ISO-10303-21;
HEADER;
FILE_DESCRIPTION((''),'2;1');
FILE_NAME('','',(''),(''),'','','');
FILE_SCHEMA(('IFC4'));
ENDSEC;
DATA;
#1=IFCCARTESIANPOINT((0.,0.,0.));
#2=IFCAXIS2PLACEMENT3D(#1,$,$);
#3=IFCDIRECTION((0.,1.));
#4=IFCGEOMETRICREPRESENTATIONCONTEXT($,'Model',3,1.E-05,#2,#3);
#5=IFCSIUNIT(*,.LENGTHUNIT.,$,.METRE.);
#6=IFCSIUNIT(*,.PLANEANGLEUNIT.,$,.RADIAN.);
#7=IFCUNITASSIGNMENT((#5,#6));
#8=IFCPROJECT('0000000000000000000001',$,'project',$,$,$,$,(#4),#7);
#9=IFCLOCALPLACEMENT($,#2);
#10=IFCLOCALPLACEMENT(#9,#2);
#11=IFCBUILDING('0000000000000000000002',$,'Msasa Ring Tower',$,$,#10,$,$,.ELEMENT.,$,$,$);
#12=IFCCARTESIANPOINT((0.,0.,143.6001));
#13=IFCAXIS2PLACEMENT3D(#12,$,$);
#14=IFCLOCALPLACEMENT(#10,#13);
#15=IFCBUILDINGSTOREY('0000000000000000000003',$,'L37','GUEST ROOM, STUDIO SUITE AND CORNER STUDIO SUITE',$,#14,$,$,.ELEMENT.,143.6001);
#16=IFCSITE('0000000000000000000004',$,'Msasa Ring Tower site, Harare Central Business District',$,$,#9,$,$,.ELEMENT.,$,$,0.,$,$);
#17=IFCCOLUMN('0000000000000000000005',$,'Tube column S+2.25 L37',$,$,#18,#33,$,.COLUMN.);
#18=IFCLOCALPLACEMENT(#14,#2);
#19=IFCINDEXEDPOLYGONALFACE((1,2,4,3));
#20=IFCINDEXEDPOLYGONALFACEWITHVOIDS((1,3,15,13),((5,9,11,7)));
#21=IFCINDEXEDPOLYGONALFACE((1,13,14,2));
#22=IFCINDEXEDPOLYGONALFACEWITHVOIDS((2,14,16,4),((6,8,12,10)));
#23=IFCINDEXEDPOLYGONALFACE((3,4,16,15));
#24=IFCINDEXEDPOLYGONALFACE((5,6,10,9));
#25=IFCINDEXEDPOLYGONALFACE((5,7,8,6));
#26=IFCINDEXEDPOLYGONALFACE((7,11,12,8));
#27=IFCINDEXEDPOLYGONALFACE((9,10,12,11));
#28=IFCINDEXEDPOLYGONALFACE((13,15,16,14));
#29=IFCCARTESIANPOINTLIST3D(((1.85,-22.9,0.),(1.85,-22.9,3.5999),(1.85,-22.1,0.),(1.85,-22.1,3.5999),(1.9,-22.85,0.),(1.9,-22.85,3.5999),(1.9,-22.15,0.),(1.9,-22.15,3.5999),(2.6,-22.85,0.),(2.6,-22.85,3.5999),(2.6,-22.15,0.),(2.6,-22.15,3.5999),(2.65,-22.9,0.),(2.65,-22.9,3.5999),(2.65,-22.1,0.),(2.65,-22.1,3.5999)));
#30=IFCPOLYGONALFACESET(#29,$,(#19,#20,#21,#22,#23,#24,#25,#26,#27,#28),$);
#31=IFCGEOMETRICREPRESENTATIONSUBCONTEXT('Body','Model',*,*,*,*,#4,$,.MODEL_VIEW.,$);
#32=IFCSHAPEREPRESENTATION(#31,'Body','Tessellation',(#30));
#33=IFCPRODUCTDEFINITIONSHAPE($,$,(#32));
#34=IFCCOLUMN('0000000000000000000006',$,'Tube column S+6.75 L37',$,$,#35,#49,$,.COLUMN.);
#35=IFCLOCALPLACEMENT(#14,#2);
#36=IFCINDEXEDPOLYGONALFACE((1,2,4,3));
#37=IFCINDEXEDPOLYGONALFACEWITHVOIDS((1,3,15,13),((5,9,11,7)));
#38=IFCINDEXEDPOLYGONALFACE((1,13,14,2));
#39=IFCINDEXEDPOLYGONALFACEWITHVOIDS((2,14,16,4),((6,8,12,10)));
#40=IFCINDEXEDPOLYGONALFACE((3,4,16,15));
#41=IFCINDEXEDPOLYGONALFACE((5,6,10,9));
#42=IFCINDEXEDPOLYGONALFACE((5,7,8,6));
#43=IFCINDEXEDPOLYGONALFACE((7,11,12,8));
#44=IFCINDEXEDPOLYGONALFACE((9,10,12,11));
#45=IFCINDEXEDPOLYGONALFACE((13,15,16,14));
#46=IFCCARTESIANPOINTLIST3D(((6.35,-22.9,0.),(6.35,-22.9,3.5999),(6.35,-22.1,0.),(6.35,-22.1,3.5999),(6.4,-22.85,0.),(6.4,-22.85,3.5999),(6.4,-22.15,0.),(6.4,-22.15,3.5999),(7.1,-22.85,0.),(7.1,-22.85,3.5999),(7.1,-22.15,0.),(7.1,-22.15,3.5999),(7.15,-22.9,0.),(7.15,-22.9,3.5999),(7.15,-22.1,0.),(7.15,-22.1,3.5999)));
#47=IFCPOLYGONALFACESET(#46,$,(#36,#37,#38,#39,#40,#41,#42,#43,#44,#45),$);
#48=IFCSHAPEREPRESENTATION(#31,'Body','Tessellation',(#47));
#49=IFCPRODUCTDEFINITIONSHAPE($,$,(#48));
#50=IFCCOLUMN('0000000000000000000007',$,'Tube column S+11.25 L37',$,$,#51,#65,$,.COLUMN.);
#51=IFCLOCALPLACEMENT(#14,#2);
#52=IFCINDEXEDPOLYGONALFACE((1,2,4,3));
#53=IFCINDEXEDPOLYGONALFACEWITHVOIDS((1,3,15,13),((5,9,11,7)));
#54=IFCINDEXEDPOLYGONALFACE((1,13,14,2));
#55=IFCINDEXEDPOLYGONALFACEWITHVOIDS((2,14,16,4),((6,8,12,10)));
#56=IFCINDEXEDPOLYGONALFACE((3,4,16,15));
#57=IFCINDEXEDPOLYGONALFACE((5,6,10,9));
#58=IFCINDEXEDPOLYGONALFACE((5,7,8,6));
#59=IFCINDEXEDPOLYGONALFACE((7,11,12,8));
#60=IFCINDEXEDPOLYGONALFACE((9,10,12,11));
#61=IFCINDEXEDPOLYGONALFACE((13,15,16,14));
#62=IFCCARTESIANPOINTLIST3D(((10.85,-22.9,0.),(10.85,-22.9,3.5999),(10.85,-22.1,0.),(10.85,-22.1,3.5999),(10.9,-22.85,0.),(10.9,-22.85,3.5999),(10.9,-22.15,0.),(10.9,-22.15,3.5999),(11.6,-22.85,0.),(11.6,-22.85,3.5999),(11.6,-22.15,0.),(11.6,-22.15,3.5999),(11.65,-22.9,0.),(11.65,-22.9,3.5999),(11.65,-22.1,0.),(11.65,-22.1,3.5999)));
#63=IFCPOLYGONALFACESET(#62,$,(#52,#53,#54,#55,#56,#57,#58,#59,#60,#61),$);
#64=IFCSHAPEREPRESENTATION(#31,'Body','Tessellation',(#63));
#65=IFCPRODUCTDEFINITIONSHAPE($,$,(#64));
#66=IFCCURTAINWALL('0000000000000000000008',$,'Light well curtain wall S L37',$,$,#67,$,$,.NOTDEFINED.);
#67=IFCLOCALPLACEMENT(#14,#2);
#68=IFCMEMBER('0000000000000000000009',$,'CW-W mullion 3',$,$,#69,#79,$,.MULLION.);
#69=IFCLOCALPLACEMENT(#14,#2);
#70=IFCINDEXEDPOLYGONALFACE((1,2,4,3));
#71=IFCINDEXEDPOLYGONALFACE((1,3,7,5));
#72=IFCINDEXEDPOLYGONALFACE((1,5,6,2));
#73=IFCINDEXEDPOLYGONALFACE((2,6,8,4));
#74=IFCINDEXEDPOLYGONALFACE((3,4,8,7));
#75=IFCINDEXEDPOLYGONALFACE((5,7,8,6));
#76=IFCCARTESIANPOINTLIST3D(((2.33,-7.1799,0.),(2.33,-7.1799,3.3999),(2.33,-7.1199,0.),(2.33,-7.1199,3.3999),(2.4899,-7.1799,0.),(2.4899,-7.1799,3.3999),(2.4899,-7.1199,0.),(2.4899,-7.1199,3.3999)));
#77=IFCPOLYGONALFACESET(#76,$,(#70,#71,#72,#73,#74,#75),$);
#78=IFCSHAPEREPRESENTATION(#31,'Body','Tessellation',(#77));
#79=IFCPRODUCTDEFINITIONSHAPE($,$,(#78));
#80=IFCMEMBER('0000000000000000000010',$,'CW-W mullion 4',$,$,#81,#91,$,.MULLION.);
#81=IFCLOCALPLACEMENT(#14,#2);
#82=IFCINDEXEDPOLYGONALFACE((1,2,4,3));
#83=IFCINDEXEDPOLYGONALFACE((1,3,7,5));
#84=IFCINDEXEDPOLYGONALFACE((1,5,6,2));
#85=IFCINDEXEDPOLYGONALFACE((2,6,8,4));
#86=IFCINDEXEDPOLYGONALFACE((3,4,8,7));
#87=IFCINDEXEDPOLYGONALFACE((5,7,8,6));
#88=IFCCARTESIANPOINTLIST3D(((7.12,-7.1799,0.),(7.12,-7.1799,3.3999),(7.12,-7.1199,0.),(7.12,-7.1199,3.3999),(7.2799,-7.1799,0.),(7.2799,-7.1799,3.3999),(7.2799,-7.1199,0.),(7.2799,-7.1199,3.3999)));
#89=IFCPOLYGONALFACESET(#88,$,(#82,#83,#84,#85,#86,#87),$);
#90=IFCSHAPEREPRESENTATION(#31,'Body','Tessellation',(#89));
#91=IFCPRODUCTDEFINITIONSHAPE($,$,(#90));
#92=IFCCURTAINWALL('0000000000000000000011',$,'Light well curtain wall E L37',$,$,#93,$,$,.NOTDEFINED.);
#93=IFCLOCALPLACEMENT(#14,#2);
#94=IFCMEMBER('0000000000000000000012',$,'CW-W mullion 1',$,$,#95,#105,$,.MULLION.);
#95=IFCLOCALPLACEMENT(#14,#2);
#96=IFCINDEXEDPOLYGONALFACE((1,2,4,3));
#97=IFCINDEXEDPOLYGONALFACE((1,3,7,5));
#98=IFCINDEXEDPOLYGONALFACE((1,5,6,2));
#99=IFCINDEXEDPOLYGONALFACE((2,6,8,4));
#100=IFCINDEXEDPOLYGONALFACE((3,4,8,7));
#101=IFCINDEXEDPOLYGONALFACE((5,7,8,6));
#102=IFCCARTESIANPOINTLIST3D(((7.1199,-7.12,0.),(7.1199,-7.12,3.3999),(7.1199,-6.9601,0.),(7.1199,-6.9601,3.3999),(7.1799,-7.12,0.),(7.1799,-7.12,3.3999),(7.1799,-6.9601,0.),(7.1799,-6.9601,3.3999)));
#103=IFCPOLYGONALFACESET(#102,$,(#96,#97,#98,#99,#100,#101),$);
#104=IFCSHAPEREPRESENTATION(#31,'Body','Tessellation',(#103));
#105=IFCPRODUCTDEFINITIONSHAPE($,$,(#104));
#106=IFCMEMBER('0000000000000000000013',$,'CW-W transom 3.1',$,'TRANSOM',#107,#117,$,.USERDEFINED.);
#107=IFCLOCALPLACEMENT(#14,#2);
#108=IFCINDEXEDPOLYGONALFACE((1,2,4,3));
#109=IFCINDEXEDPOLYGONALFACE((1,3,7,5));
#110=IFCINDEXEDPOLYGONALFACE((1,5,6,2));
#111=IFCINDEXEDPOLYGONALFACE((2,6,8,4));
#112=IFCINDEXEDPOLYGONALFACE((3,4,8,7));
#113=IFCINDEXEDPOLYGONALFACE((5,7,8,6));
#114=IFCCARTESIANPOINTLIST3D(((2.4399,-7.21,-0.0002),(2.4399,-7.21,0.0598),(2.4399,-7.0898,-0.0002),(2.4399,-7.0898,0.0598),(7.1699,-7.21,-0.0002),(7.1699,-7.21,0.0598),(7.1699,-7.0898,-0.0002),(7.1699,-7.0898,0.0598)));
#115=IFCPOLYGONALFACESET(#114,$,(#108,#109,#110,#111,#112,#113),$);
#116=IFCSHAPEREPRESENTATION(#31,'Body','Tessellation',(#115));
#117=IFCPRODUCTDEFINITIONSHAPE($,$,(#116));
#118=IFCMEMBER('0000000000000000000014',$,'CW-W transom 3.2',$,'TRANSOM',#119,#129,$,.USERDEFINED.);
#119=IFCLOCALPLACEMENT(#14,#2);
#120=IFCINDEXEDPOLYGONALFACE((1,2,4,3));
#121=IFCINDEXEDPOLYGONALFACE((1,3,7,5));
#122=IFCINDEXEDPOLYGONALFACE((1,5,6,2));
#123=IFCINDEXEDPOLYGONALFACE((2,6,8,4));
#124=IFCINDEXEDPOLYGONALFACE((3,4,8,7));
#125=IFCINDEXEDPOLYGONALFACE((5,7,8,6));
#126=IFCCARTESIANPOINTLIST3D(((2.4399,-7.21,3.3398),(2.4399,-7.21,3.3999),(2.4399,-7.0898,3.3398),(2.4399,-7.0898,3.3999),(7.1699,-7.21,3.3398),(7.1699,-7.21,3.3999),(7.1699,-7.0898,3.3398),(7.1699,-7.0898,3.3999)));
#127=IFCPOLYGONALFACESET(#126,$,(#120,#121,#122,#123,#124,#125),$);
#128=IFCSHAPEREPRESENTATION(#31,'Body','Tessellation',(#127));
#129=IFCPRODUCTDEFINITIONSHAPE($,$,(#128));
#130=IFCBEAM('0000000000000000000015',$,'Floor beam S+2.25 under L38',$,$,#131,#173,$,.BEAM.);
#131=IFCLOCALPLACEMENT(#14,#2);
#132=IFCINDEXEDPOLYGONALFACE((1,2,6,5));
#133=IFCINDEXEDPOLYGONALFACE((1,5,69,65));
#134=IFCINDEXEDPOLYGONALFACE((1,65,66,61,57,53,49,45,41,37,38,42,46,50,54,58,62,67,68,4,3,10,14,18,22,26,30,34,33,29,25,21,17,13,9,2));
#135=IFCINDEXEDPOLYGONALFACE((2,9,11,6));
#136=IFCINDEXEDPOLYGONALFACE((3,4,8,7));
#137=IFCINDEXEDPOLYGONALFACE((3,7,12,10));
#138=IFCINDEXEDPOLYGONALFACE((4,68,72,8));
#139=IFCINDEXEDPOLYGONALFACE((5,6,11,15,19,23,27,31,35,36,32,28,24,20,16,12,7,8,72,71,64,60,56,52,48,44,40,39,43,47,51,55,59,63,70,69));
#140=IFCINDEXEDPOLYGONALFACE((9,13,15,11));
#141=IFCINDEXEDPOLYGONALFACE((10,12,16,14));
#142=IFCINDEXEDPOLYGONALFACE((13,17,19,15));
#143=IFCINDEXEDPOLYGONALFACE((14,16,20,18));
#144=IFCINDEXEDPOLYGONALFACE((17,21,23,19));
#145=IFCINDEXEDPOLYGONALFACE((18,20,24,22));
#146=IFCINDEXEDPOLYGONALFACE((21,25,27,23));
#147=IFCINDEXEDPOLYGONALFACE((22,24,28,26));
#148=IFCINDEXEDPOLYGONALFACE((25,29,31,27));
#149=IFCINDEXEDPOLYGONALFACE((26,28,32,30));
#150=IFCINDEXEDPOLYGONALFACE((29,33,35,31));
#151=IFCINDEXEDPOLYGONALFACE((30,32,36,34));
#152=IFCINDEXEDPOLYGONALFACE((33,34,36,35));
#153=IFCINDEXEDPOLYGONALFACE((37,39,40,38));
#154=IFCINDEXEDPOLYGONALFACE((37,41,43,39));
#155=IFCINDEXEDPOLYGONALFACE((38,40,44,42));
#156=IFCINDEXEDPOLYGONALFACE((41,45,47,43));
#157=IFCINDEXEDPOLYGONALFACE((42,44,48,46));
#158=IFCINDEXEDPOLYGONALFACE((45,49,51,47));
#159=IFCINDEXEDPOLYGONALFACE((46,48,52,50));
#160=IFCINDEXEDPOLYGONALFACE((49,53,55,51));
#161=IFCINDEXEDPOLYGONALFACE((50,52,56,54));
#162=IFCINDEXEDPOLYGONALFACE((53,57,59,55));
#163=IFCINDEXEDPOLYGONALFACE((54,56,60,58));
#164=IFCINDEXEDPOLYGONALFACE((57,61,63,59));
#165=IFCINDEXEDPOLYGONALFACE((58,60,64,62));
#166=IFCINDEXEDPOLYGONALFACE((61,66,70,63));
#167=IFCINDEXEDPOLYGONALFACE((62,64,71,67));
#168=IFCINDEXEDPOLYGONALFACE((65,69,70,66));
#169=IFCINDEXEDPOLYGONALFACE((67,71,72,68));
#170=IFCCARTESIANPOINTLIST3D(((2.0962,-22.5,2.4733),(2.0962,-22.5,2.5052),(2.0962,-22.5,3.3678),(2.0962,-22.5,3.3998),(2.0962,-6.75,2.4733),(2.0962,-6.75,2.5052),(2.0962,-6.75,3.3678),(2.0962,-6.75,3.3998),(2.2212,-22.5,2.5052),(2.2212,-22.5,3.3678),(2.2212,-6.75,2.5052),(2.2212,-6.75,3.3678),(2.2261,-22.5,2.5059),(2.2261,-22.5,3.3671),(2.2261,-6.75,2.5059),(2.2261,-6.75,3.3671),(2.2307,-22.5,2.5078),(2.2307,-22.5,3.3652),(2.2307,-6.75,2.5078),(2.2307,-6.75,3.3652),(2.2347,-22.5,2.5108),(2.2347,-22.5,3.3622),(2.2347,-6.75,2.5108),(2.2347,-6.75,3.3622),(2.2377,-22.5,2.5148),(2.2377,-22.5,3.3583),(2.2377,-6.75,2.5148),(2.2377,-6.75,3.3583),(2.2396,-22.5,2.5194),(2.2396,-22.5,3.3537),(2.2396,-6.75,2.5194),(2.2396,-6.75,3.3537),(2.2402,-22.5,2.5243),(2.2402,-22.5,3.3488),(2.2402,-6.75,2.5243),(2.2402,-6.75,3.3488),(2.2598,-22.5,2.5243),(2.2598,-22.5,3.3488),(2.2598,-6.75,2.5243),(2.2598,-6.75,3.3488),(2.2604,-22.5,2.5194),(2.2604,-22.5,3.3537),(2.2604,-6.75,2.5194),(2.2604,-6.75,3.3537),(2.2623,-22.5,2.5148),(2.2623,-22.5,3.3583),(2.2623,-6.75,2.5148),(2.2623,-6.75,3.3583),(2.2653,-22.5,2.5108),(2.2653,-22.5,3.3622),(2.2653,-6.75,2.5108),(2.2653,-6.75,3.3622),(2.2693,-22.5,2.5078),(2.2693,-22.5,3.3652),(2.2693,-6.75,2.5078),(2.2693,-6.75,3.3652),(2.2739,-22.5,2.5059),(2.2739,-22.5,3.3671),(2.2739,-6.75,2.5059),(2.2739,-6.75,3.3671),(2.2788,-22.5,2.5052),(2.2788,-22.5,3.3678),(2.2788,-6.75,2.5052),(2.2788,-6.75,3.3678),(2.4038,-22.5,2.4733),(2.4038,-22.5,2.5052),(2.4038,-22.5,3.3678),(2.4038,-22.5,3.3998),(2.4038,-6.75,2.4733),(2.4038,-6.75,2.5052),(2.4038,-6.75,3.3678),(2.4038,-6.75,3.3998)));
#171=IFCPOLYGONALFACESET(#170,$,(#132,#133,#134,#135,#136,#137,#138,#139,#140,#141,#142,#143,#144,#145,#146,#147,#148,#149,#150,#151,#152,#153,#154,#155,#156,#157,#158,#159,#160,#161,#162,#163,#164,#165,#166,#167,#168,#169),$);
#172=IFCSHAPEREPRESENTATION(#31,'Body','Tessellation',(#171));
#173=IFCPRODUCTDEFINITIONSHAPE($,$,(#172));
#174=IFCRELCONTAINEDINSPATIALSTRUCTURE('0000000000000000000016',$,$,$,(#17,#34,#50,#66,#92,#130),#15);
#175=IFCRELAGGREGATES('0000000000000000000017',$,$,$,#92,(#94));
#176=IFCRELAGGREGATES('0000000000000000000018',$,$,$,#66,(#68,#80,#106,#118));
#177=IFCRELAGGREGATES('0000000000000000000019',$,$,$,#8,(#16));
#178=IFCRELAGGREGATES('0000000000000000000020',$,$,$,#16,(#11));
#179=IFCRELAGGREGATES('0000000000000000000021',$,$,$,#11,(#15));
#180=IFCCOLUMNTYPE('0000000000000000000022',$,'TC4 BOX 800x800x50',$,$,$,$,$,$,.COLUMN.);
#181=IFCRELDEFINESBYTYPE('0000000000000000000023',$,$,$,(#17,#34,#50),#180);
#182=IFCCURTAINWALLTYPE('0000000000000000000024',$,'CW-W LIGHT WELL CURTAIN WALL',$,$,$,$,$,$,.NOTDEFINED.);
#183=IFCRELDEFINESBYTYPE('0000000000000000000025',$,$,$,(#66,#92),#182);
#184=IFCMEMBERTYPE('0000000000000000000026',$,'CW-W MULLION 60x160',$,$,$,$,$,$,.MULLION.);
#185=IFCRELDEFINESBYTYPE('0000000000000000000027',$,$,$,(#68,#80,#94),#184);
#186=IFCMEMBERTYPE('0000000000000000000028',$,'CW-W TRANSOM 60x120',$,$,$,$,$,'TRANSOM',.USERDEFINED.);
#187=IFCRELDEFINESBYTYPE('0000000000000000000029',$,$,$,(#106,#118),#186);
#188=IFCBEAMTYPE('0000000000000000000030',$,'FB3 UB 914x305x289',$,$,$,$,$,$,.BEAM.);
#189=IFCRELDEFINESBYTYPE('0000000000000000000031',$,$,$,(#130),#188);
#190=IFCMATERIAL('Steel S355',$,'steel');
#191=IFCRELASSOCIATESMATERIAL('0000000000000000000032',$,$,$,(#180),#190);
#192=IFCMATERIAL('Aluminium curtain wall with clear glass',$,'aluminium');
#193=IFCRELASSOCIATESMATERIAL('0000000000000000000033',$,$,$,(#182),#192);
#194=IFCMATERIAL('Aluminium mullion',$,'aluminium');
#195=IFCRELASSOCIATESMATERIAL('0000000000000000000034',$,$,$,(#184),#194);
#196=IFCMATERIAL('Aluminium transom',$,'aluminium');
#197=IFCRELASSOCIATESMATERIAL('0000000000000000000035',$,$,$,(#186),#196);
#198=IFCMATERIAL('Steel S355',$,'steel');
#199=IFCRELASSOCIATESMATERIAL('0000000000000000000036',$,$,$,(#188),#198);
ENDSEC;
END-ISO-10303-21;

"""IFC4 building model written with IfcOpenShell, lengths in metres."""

from ifc_helpers import new_model, si_unit, direction, frame, origin, origin_2d, place, context, subcontext, project, spatial, rectangle, hollow_rectangle, i_section, extrude, material, material_profile, profile_set, type_object, element, aggregate, save


model = new_model("IFC4")

# Units and contexts
model_context = context("Model", 3, precision=1e-05, world=origin(), true_north=direction((0.0, 1.0)))
body_context = subcontext(model_context, "Body", "Model", "MODEL_VIEW")
ifc_project = project(units=[si_unit("LENGTHUNIT", "METRE"), si_unit("PLANEANGLEUNIT", "RADIAN")], contexts=[model_context])

# Site, building, storey
site_placement = place(None, origin())
site = spatial("IfcSite", under=ifc_project, at=site_placement, Name="Msasa Ring Tower site, Harare Central Business District", CompositionType="ELEMENT", RefElevation=0.0)
building_placement = place(site_placement, origin())
building = spatial("IfcBuilding", under=site, at=building_placement, Name="Msasa Ring Tower", CompositionType="ELEMENT")
storey_placement = place(building_placement, frame((0.0, 0.0, 143.6001)))
storey = spatial("IfcBuildingStorey", under=building, at=storey_placement, Name="L37", Description="GUEST ROOM, STUDIO SUITE AND CORNER STUDIO SUITE", CompositionType="ELEMENT", Elevation=143.6001)

# Columns
ifc_material_1 = material(Name="Steel S355", Category="steel")
ifc_material_profile_1 = material_profile(ifc_material_1, hollow_rectangle(XDim=0.8, YDim=0.8, WallThickness=0.05, at=origin_2d()), Name="BOX 800x800x50")
ifc_profile_set_1 = profile_set([ifc_material_profile_1], Name="Steel S355")
column_type = type_object("IfcColumnType", Name="TC4 BOX 800x800x50", PredefinedType="COLUMN", material=ifc_profile_set_1)
for number, where, z_axis, x_axis, name in (
    (1, (2.25, -22.5, 0.0), (0.0, 0.0, 1.0), (0.0, 1.0, 0.0), "Tube column S+2.25 L37"),
    (2, (6.75, -22.5, 0.0), (0.0, 0.0, 1.0), (0.0, 1.0, 0.0), "Tube column S+6.75 L37"),
    (3, (11.25, -22.5, 0.0), (0.0, 0.0, 1.0), (0.0, 1.0, 0.0), "Tube column S+11.25 L37"),
):
    element("IfcColumn", number, at=place(storey_placement, frame(where, z_axis=z_axis, x_axis=x_axis)), inside=storey, type_object=column_type, Name=name, PredefinedType="COLUMN", context=body_context, shape_type="SweptSolid", body=[
        extrude(hollow_rectangle(XDim=0.8, YDim=0.8, WallThickness=0.05, at=origin_2d()), origin(), (0.0, 0.0, 1.0), 3.5999),
    ])

# Curtain wall, members
ifc_material_2 = material(Name="Aluminium curtain wall with clear glass", Category="aluminium")
curtain_wall_type = type_object("IfcCurtainWallType", Name="CW-W LIGHT WELL CURTAIN WALL", PredefinedType="NOTDEFINED", material=ifc_material_2)
curtain_wall_1_placement = place(storey_placement, origin())
curtain_wall_1 = element("IfcCurtainWall", 4, at=curtain_wall_1_placement, inside=storey, type_object=curtain_wall_type, Name="Light well curtain wall S L37", PredefinedType="NOTDEFINED")
ifc_material_3 = material(Name="Aluminium mullion", Category="aluminium")
ifc_material_profile_2 = material_profile(ifc_material_3, rectangle(XDim=0.0601, YDim=0.1599, at=origin_2d()), Name="AL 60x160")
ifc_profile_set_2 = profile_set([ifc_material_profile_2], Name="Aluminium mullion")
member_type_1 = type_object("IfcMemberType", Name="CW-W MULLION 60x160", PredefinedType="MULLION", material=ifc_profile_set_2)
member_1_placement = place(storey_placement, frame((2.4099, -7.1499, 0.0), z_axis=(0.0, 0.0, 1.0), x_axis=(0.0, 1.0, 0.0)))
member_1 = element("IfcMember", 5, at=member_1_placement, type_object=member_type_1, Name="CW-W mullion 3", PredefinedType="MULLION", context=body_context, shape_type="SweptSolid", body=[
    extrude(rectangle(XDim=0.0601, YDim=0.1599, at=origin_2d()), origin(), (0.0, 0.0, 1.0), 3.3999),
])
member_2_placement = place(storey_placement, frame((7.2, -7.1499, 0.0), z_axis=(0.0, 0.0, 1.0), x_axis=(0.0, 1.0, 0.0)))
member_2 = element("IfcMember", 6, at=member_2_placement, type_object=member_type_1, Name="CW-W mullion 4", PredefinedType="MULLION", context=body_context, shape_type="SweptSolid", body=[
    extrude(rectangle(XDim=0.0601, YDim=0.1599, at=origin_2d()), origin(), (0.0, 0.0, 1.0), 3.3999),
])

# Curtain wall, member
curtain_wall_2_placement = place(storey_placement, origin())
curtain_wall_2 = element("IfcCurtainWall", 7, at=curtain_wall_2_placement, inside=storey, type_object=curtain_wall_type, Name="Light well curtain wall E L37", PredefinedType="NOTDEFINED")
member_3_placement = place(storey_placement, frame((7.1499, -7.04, 0.0), z_axis=(0.0, 0.0, 1.0), x_axis=(-1.0, 0.0, 0.0)))
member_3 = element("IfcMember", 8, at=member_3_placement, type_object=member_type_1, Name="CW-W mullion 1", PredefinedType="MULLION", context=body_context, shape_type="SweptSolid", body=[
    extrude(rectangle(XDim=0.0601, YDim=0.1599, at=origin_2d()), origin(), (0.0, 0.0, 1.0), 3.3999),
])
aggregate(curtain_wall_2, [member_3])

# Members
ifc_material_4 = material(Name="Aluminium transom", Category="aluminium")
ifc_material_profile_3 = material_profile(ifc_material_4, rectangle(XDim=0.1201, YDim=0.0601, at=origin_2d()), Name="AL 60x120")
ifc_profile_set_3 = profile_set([ifc_material_profile_3], Name="Aluminium transom")
member_type_2 = type_object("IfcMemberType", Name="CW-W TRANSOM 60x120", ElementType="TRANSOM", PredefinedType="USERDEFINED", material=ifc_profile_set_3)
member_4_placement = place(storey_placement, frame((2.4399, -7.1499, 0.0298), z_axis=(1.0, 0.0, 0.0), x_axis=(0.0, 1.0, 0.0)))
member_4 = element("IfcMember", 9, at=member_4_placement, type_object=member_type_2, Name="CW-W transom 3.1", ObjectType="TRANSOM", PredefinedType="USERDEFINED", context=body_context, shape_type="SweptSolid", body=[
    extrude(rectangle(XDim=0.1201, YDim=0.0601, at=origin_2d()), origin(), (0.0, 0.0, 1.0), 4.73),
])
member_5_placement = place(storey_placement, frame((2.4399, -7.1499, 3.3699), z_axis=(1.0, 0.0, 0.0), x_axis=(0.0, 1.0, 0.0)))
member_5 = element("IfcMember", 10, at=member_5_placement, type_object=member_type_2, Name="CW-W transom 3.2", ObjectType="TRANSOM", PredefinedType="USERDEFINED", context=body_context, shape_type="SweptSolid", body=[
    extrude(rectangle(XDim=0.1201, YDim=0.0601, at=origin_2d()), origin(), (0.0, 0.0, 1.0), 4.73),
])

# Beam
ifc_material_5 = material(Name="Steel S355", Category="steel")
ifc_material_profile_4 = material_profile(ifc_material_5, i_section(OverallWidth=0.3076, OverallDepth=0.9265, WebThickness=0.0195, FlangeThickness=0.032, FilletRadius=0.019, at=origin_2d()), Name="UB 914x305x289")
ifc_profile_set_4 = profile_set([ifc_material_profile_4], Name="Steel S355")
beam_type_1 = type_object("IfcBeamType", Name="FB3 UB 914x305x289", PredefinedType="BEAM", material=ifc_profile_set_4)
for number, where, z_axis, x_axis, name in (
    (11, (2.25, -22.5, 2.9365), (0.0, 1.0, 0.0), (-1.0, 0.0, 0.0), "Floor beam S+2.25 under L38"),
):
    element("IfcBeam", number, at=place(storey_placement, frame(where, z_axis=z_axis, x_axis=x_axis)), inside=storey, type_object=beam_type_1, Name=name, PredefinedType="BEAM", context=body_context, shape_type="SweptSolid", body=[
        extrude(i_section(OverallWidth=0.3076, OverallDepth=0.9265, WebThickness=0.0195, FlangeThickness=0.032, FilletRadius=0.019, at=origin_2d()), origin(), (0.0, 0.0, 1.0), 15.75),
    ])

aggregate(curtain_wall_1, [member_1, member_2, member_4, member_5])

save(model, "model.ifc")
